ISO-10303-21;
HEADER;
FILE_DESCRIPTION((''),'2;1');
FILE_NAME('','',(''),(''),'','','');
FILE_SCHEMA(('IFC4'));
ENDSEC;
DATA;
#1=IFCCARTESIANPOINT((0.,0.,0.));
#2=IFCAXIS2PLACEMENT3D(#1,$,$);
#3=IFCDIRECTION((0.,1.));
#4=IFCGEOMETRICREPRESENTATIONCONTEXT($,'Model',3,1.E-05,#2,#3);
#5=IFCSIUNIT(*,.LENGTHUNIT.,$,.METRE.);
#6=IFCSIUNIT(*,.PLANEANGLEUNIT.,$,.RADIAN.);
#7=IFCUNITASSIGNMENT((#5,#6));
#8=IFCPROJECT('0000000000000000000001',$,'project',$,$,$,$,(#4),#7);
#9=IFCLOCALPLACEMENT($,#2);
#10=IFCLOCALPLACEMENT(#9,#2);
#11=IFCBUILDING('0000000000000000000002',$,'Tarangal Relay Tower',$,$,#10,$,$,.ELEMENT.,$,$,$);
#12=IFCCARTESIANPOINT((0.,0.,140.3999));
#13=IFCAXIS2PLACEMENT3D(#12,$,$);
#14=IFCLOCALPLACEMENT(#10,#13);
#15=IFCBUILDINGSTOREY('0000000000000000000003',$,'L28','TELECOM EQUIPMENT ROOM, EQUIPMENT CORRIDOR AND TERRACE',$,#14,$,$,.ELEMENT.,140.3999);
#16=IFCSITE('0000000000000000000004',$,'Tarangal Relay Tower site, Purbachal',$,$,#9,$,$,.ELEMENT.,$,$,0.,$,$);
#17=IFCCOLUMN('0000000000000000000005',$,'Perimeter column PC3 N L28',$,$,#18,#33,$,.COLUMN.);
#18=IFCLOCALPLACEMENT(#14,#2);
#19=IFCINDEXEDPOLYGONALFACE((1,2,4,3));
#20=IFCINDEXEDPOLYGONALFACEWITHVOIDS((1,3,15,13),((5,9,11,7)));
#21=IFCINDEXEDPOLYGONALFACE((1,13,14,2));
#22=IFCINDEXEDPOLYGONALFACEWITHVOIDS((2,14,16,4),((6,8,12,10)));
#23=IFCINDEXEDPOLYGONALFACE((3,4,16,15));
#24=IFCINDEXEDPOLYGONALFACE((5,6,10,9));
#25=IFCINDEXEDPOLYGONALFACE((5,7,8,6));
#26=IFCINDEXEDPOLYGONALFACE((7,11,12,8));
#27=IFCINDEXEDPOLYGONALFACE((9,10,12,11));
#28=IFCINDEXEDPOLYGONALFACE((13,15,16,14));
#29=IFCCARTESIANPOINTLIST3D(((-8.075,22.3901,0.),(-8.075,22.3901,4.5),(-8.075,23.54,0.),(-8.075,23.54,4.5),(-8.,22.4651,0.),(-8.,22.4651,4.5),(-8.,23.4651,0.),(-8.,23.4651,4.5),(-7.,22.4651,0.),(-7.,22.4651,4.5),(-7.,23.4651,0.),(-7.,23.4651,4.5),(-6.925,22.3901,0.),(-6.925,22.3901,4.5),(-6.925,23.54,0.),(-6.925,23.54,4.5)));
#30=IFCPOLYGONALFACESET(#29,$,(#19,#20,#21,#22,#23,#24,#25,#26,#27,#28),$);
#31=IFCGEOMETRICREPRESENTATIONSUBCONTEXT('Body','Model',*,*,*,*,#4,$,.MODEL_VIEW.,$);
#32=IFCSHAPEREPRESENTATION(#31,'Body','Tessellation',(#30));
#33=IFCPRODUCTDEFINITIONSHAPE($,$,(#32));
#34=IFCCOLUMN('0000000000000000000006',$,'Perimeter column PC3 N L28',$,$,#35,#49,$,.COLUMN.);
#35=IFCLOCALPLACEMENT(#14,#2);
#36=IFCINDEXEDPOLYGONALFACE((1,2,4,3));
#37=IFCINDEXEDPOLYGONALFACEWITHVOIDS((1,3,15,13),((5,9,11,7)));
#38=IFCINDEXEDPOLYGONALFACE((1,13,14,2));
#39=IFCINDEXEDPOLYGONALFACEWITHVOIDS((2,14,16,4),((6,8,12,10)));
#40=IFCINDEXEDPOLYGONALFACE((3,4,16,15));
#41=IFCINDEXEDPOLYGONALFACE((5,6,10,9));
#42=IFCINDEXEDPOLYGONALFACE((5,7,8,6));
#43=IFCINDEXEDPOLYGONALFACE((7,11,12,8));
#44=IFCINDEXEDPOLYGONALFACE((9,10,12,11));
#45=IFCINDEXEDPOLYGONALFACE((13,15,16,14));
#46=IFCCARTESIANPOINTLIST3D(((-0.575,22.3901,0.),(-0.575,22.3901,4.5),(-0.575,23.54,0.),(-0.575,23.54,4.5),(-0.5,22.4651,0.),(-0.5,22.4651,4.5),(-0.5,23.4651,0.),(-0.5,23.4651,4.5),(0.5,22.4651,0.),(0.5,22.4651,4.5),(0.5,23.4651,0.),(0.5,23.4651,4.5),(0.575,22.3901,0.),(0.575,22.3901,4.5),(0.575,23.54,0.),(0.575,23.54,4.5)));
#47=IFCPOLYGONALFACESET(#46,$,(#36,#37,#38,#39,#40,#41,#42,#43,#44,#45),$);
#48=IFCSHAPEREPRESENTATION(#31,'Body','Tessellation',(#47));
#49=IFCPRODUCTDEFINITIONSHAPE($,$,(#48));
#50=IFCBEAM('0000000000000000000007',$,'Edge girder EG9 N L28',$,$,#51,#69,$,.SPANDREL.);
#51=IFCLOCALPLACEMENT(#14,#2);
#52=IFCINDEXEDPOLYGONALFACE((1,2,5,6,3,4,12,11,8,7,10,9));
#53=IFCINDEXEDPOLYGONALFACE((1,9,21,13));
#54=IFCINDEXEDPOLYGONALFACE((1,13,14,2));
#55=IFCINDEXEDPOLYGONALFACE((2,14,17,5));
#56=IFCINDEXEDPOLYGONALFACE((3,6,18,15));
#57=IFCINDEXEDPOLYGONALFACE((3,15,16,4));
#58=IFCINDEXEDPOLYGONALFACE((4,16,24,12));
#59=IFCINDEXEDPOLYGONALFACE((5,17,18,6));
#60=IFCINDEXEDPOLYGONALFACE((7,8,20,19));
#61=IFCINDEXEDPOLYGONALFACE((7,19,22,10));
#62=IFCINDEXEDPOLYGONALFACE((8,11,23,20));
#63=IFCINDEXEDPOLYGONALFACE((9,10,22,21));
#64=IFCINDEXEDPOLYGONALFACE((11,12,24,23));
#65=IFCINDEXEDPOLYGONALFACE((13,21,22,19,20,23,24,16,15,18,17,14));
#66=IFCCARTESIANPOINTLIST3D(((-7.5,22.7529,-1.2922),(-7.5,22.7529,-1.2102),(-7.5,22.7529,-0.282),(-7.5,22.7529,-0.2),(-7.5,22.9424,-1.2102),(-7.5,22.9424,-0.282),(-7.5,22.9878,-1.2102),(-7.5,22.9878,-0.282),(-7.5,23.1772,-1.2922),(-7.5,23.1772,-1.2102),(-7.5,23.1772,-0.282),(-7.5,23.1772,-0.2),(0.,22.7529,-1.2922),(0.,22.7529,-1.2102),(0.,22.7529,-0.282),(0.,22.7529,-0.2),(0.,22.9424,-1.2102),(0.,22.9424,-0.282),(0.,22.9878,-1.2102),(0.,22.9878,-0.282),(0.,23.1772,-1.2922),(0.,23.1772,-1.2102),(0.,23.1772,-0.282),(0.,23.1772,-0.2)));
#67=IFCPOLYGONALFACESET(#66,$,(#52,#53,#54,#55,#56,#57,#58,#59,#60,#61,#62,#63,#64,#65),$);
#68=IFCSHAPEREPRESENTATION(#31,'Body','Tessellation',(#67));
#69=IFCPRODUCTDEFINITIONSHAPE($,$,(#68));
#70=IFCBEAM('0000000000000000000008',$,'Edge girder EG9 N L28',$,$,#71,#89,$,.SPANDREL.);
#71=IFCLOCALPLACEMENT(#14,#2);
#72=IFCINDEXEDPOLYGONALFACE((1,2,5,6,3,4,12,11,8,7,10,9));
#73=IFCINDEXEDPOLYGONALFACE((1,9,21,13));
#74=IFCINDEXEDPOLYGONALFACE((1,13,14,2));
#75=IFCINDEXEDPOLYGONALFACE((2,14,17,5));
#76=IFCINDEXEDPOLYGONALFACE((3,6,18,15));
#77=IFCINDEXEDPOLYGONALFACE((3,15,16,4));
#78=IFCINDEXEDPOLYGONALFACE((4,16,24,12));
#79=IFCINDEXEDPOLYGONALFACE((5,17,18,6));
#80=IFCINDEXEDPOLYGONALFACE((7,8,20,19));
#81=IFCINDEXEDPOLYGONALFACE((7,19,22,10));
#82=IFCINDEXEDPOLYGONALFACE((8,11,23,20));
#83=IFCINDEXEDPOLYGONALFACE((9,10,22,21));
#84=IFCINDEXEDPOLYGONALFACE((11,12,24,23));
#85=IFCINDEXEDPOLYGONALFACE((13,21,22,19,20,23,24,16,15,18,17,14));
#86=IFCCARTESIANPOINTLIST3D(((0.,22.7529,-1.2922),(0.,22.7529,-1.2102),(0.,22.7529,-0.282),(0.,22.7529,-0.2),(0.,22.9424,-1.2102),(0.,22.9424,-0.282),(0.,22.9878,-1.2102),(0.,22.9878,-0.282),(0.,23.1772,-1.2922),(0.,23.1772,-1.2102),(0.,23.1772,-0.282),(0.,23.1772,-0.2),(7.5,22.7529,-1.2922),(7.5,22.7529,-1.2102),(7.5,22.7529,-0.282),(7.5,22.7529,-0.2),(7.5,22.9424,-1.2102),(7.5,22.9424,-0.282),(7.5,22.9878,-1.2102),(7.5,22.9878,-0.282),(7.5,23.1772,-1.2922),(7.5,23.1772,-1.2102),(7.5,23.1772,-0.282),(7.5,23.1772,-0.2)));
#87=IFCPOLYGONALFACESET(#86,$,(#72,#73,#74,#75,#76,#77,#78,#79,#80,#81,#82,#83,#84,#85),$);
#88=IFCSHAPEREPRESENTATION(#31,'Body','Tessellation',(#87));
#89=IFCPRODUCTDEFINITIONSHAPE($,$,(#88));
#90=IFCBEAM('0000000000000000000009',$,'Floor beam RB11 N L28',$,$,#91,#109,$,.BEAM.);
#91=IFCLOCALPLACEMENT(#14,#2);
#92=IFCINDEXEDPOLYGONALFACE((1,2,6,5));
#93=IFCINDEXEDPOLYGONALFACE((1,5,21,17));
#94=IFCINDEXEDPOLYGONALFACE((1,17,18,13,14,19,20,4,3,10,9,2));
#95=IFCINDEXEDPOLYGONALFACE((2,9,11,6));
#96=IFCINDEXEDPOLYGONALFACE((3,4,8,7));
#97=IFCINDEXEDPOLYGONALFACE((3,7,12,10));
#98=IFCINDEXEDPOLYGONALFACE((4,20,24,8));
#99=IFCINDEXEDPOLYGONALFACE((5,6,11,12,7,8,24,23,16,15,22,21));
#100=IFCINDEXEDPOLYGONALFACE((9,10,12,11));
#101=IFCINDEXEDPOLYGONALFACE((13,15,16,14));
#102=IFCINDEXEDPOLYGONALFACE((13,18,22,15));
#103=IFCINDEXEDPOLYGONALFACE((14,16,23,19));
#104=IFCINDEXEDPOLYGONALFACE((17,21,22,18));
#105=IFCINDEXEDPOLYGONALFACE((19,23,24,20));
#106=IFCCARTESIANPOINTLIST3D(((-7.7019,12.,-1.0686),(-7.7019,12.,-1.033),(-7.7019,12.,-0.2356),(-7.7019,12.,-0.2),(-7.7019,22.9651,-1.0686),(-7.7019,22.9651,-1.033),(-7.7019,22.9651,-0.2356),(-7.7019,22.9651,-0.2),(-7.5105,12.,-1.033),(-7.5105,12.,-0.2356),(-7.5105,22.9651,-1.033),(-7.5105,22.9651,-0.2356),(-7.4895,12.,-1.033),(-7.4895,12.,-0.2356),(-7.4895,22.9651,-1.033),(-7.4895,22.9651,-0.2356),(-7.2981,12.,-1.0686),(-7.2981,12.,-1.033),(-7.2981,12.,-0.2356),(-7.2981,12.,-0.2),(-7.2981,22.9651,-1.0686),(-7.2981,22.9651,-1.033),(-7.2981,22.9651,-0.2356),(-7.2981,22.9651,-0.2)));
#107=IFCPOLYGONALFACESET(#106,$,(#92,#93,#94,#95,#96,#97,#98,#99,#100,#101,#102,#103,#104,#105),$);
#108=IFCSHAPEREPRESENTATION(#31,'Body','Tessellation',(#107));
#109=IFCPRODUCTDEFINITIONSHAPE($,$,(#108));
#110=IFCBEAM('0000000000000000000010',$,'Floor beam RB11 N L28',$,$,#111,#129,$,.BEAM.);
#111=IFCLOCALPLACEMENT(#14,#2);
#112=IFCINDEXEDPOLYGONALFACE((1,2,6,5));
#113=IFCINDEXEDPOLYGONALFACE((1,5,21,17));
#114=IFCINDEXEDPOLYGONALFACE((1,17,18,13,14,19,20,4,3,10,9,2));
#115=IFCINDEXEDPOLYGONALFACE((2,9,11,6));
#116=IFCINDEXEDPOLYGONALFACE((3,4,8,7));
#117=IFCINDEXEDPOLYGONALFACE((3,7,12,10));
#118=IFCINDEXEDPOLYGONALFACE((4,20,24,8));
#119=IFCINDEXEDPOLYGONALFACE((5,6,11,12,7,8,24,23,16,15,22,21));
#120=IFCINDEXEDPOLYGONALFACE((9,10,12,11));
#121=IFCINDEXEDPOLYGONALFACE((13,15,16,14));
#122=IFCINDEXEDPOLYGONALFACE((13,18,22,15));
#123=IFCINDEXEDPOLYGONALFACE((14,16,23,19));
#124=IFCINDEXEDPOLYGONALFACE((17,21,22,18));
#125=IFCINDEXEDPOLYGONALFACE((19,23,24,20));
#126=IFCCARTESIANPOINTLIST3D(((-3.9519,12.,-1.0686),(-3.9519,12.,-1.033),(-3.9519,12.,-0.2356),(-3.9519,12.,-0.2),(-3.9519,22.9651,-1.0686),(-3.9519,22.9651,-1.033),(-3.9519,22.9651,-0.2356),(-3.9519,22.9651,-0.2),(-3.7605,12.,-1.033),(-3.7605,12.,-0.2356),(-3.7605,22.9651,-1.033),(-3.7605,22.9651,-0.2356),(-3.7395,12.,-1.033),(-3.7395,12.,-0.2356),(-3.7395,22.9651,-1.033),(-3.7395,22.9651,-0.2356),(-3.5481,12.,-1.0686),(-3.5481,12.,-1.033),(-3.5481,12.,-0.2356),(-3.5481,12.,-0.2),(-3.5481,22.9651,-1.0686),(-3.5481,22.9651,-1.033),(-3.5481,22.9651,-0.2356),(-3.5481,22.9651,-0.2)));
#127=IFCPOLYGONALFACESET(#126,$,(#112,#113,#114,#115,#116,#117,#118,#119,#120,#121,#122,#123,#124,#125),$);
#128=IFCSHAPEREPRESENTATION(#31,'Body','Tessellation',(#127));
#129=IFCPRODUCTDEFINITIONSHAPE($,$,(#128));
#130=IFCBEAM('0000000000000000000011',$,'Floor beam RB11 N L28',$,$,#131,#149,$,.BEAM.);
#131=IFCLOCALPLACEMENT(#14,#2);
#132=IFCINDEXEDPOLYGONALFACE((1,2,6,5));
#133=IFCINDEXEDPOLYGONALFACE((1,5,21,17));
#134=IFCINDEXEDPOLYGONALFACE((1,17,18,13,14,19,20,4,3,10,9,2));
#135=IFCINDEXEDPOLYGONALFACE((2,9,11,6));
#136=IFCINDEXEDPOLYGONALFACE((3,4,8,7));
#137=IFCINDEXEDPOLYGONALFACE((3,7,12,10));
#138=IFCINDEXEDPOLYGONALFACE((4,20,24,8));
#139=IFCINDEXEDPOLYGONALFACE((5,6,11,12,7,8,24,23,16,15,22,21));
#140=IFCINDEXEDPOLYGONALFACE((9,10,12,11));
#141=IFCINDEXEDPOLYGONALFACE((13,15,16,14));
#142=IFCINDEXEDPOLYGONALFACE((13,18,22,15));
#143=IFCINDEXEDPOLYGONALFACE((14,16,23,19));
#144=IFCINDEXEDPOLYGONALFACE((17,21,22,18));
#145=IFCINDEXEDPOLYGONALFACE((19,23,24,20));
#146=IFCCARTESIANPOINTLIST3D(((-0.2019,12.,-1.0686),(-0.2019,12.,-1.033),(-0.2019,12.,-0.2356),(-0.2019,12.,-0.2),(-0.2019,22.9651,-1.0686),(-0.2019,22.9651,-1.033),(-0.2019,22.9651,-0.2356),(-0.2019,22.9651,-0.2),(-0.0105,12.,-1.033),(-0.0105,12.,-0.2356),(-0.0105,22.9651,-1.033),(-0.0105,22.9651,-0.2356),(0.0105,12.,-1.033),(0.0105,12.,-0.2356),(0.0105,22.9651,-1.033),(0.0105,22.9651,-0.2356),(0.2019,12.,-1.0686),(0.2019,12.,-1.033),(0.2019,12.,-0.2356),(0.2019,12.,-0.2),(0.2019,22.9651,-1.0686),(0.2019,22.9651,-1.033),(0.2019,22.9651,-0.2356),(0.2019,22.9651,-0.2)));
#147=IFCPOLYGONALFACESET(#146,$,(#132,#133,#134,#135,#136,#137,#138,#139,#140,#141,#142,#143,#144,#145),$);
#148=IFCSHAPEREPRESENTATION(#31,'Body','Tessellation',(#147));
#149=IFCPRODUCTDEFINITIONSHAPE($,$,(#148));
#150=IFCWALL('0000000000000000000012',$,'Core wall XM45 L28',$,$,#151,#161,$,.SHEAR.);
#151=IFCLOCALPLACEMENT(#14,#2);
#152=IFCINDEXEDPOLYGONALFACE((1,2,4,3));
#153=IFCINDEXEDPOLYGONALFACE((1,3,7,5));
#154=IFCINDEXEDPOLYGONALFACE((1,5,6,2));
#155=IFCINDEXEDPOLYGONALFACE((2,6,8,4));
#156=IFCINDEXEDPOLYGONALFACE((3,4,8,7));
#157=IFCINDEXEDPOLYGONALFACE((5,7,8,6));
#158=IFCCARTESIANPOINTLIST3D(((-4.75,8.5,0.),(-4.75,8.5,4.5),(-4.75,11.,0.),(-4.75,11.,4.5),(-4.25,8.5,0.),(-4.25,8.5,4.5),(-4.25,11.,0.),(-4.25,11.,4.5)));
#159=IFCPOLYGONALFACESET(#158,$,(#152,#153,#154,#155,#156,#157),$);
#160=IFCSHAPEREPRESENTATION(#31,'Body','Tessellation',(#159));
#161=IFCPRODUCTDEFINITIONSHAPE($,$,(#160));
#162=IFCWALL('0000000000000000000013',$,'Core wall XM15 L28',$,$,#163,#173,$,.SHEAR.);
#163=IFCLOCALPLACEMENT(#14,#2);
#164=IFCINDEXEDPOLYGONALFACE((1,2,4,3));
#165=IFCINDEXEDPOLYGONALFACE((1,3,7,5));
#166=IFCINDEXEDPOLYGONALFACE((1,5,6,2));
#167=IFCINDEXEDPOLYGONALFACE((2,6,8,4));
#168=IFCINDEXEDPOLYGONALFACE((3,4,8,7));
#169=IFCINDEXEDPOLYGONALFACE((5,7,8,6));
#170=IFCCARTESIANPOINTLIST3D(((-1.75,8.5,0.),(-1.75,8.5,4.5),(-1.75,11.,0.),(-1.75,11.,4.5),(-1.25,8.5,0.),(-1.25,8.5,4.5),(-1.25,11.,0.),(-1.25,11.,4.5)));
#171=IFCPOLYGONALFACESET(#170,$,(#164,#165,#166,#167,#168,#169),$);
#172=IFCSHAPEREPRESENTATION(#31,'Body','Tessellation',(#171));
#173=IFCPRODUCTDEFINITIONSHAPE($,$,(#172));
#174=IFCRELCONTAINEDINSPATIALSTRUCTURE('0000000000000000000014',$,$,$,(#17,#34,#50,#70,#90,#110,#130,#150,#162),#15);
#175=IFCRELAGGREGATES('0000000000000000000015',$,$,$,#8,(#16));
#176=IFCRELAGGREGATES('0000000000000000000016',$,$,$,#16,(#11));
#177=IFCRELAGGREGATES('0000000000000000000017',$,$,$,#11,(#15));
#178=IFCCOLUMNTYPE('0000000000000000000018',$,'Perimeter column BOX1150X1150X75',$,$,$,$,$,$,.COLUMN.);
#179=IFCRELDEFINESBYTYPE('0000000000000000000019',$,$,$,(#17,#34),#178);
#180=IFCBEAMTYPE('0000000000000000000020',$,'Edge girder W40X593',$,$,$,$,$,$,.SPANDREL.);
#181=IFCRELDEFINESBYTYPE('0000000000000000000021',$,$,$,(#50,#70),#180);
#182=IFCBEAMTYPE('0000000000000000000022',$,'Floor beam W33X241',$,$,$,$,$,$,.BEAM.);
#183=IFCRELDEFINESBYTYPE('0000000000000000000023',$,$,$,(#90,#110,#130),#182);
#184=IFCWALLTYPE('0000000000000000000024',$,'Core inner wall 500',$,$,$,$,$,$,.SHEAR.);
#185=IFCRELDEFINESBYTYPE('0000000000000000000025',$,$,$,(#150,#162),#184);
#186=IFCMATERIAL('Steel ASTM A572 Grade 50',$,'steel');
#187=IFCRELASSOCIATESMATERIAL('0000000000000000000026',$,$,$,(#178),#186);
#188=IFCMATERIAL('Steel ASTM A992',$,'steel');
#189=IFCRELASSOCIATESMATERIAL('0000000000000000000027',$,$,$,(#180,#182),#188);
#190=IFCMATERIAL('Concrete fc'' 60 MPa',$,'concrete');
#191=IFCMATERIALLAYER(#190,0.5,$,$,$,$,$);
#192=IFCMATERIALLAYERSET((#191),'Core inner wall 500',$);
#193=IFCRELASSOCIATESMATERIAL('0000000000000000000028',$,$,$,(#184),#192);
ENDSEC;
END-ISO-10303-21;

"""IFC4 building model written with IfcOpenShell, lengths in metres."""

from ifc_helpers import new_model, si_unit, direction, frame, frame_2d, origin, origin_2d, place, context, subcontext, project, spatial, rectangle, hollow_rectangle, i_section, extrude, material, layer, layer_set, material_profile, profile_set, type_object, element, save


model = new_model("IFC4")

# Units and contexts
model_context = context("Model", 3, precision=1e-05, world=origin(), true_north=direction((0.0, 1.0)))
body_context = subcontext(model_context, "Body", "Model", "MODEL_VIEW")
ifc_project = project(units=[si_unit("LENGTHUNIT", "METRE"), si_unit("PLANEANGLEUNIT", "RADIAN")], contexts=[model_context])

# Site, building, storey
site_placement = place(None, origin())
site = spatial("IfcSite", under=ifc_project, at=site_placement, Name="Tarangal Relay Tower site, Purbachal", CompositionType="ELEMENT", RefElevation=0.0)
building_placement = place(site_placement, origin())
building = spatial("IfcBuilding", under=site, at=building_placement, Name="Tarangal Relay Tower", CompositionType="ELEMENT")
storey_placement = place(building_placement, frame((0.0, 0.0, 140.3999)))
storey = spatial("IfcBuildingStorey", under=building, at=storey_placement, Name="L28", Description="TELECOM EQUIPMENT ROOM, EQUIPMENT CORRIDOR AND TERRACE", CompositionType="ELEMENT", Elevation=140.3999)

# Columns
ifc_material_1 = material(Name="Steel ASTM A572 Grade 50", Category="steel")
ifc_material_profile_1 = material_profile(ifc_material_1, hollow_rectangle(XDim=1.1499, YDim=1.1499, WallThickness=0.075, at=origin_2d()), Name="BOX1150X1150X75")
ifc_profile_set_1 = profile_set([ifc_material_profile_1], Name="Steel ASTM A572 Grade 50")
column_type = type_object("IfcColumnType", Name="Perimeter column BOX1150X1150X75", PredefinedType="COLUMN", material=ifc_profile_set_1)
for number, where, z_axis, x_axis, name in (
    (1, (-7.5, 22.9651, 0.0), (0.0, 0.0, 1.0), (1.0, 0.0, 0.0), "Perimeter column PC3 N L28"),
    (2, (0.0, 22.9651, 0.0), (0.0, 0.0, 1.0), (1.0, 0.0, 0.0), "Perimeter column PC3 N L28"),
):
    element("IfcColumn", number, at=place(storey_placement, frame(where, z_axis=z_axis, x_axis=x_axis)), inside=storey, type_object=column_type, Name=name, PredefinedType="COLUMN", context=body_context, shape_type="SweptSolid", body=[
        extrude(hollow_rectangle(XDim=1.1499, YDim=1.1499, WallThickness=0.075, at=origin_2d()), origin(), (0.0, 0.0, 1.0), 4.5),
    ])

# Beams
ifc_material_2 = material(Name="Steel ASTM A992", Category="steel")
ifc_material_profile_2 = material_profile(ifc_material_2, i_section(OverallWidth=0.4243, OverallDepth=1.0923, WebThickness=0.0454, FlangeThickness=0.082, at=origin_2d()), Name="W40X593")
ifc_profile_set_2 = profile_set([ifc_material_profile_2], Name="Steel ASTM A992")
beam_type_1 = type_object("IfcBeamType", Name="Edge girder W40X593", PredefinedType="SPANDREL", material=ifc_profile_set_2)
for number, where, z_axis, x_axis, name in (
    (3, (-7.5, 22.9651, -0.7461), (1.0, 0.0, 0.0), (0.0, 1.0, 0.0), "Edge girder EG9 N L28"),
    (4, (0.0, 22.9651, -0.7461), (1.0, 0.0, 0.0), (0.0, 1.0, 0.0), "Edge girder EG9 N L28"),
):
    element("IfcBeam", number, at=place(storey_placement, frame(where, z_axis=z_axis, x_axis=x_axis)), inside=storey, type_object=beam_type_1, Name=name, PredefinedType="SPANDREL", context=body_context, shape_type="SweptSolid", body=[
        extrude(i_section(OverallWidth=0.4243, OverallDepth=1.0923, WebThickness=0.0454, FlangeThickness=0.082, at=origin_2d()), origin(), (0.0, 0.0, 1.0), 7.5),
    ])
ifc_material_profile_3 = material_profile(ifc_material_2, i_section(OverallWidth=0.4038, OverallDepth=0.8687, WebThickness=0.021, FlangeThickness=0.0356, at=origin_2d()), Name="W33X241")
ifc_profile_set_3 = profile_set([ifc_material_profile_3], Name="Steel ASTM A992")
beam_type_2 = type_object("IfcBeamType", Name="Floor beam W33X241", PredefinedType="BEAM", material=ifc_profile_set_3)
for number, where, z_axis, x_axis, name in (
    (5, (-7.5, 12.0, -0.6343), (0.0, 1.0, 0.0), (-1.0, 0.0, 0.0), "Floor beam RB11 N L28"),
    (6, (-3.75, 12.0, -0.6343), (0.0, 1.0, 0.0), (-1.0, 0.0, 0.0), "Floor beam RB11 N L28"),
    (7, (0.0, 12.0, -0.6343), (0.0, 1.0, 0.0), (-1.0, 0.0, 0.0), "Floor beam RB11 N L28"),
):
    element("IfcBeam", number, at=place(storey_placement, frame(where, z_axis=z_axis, x_axis=x_axis)), inside=storey, type_object=beam_type_2, Name=name, PredefinedType="BEAM", context=body_context, shape_type="SweptSolid", body=[
        extrude(i_section(OverallWidth=0.4038, OverallDepth=0.8687, WebThickness=0.021, FlangeThickness=0.0356, at=origin_2d()), origin(), (0.0, 0.0, 1.0), 10.9651),
    ])

# Shared definitions
ifc_material_3 = material(Name="Concrete fc' 60 MPa", Category="concrete")
ifc_layer = layer(ifc_material_3, 0.5)
ifc_layer_set = layer_set([ifc_layer], Name="Core inner wall 500")
wall_type = type_object("IfcWallType", Name="Core inner wall 500", PredefinedType="SHEAR", material=ifc_layer_set)

# Walls
for number, where, z_axis, x_axis, name in (
    (8, (-4.5, 8.5, 0.0), (0.0, 0.0, 1.0), (0.0, 1.0, 0.0), "Core wall XM45 L28"),
    (9, (-1.5, 8.5, 0.0), (0.0, 0.0, 1.0), (0.0, 1.0, 0.0), "Core wall XM15 L28"),
):
    element("IfcWall", number, at=place(storey_placement, frame(where, z_axis=z_axis, x_axis=x_axis)), inside=storey, type_object=wall_type, Name=name, PredefinedType="SHEAR", context=body_context, shape_type="SweptSolid", body=[
        extrude(rectangle(XDim=2.5, YDim=0.5, at=frame_2d((1.25, 0.0))), origin(), (0.0, 0.0, 1.0), 4.5),
    ])

save(model, "model.ifc")
